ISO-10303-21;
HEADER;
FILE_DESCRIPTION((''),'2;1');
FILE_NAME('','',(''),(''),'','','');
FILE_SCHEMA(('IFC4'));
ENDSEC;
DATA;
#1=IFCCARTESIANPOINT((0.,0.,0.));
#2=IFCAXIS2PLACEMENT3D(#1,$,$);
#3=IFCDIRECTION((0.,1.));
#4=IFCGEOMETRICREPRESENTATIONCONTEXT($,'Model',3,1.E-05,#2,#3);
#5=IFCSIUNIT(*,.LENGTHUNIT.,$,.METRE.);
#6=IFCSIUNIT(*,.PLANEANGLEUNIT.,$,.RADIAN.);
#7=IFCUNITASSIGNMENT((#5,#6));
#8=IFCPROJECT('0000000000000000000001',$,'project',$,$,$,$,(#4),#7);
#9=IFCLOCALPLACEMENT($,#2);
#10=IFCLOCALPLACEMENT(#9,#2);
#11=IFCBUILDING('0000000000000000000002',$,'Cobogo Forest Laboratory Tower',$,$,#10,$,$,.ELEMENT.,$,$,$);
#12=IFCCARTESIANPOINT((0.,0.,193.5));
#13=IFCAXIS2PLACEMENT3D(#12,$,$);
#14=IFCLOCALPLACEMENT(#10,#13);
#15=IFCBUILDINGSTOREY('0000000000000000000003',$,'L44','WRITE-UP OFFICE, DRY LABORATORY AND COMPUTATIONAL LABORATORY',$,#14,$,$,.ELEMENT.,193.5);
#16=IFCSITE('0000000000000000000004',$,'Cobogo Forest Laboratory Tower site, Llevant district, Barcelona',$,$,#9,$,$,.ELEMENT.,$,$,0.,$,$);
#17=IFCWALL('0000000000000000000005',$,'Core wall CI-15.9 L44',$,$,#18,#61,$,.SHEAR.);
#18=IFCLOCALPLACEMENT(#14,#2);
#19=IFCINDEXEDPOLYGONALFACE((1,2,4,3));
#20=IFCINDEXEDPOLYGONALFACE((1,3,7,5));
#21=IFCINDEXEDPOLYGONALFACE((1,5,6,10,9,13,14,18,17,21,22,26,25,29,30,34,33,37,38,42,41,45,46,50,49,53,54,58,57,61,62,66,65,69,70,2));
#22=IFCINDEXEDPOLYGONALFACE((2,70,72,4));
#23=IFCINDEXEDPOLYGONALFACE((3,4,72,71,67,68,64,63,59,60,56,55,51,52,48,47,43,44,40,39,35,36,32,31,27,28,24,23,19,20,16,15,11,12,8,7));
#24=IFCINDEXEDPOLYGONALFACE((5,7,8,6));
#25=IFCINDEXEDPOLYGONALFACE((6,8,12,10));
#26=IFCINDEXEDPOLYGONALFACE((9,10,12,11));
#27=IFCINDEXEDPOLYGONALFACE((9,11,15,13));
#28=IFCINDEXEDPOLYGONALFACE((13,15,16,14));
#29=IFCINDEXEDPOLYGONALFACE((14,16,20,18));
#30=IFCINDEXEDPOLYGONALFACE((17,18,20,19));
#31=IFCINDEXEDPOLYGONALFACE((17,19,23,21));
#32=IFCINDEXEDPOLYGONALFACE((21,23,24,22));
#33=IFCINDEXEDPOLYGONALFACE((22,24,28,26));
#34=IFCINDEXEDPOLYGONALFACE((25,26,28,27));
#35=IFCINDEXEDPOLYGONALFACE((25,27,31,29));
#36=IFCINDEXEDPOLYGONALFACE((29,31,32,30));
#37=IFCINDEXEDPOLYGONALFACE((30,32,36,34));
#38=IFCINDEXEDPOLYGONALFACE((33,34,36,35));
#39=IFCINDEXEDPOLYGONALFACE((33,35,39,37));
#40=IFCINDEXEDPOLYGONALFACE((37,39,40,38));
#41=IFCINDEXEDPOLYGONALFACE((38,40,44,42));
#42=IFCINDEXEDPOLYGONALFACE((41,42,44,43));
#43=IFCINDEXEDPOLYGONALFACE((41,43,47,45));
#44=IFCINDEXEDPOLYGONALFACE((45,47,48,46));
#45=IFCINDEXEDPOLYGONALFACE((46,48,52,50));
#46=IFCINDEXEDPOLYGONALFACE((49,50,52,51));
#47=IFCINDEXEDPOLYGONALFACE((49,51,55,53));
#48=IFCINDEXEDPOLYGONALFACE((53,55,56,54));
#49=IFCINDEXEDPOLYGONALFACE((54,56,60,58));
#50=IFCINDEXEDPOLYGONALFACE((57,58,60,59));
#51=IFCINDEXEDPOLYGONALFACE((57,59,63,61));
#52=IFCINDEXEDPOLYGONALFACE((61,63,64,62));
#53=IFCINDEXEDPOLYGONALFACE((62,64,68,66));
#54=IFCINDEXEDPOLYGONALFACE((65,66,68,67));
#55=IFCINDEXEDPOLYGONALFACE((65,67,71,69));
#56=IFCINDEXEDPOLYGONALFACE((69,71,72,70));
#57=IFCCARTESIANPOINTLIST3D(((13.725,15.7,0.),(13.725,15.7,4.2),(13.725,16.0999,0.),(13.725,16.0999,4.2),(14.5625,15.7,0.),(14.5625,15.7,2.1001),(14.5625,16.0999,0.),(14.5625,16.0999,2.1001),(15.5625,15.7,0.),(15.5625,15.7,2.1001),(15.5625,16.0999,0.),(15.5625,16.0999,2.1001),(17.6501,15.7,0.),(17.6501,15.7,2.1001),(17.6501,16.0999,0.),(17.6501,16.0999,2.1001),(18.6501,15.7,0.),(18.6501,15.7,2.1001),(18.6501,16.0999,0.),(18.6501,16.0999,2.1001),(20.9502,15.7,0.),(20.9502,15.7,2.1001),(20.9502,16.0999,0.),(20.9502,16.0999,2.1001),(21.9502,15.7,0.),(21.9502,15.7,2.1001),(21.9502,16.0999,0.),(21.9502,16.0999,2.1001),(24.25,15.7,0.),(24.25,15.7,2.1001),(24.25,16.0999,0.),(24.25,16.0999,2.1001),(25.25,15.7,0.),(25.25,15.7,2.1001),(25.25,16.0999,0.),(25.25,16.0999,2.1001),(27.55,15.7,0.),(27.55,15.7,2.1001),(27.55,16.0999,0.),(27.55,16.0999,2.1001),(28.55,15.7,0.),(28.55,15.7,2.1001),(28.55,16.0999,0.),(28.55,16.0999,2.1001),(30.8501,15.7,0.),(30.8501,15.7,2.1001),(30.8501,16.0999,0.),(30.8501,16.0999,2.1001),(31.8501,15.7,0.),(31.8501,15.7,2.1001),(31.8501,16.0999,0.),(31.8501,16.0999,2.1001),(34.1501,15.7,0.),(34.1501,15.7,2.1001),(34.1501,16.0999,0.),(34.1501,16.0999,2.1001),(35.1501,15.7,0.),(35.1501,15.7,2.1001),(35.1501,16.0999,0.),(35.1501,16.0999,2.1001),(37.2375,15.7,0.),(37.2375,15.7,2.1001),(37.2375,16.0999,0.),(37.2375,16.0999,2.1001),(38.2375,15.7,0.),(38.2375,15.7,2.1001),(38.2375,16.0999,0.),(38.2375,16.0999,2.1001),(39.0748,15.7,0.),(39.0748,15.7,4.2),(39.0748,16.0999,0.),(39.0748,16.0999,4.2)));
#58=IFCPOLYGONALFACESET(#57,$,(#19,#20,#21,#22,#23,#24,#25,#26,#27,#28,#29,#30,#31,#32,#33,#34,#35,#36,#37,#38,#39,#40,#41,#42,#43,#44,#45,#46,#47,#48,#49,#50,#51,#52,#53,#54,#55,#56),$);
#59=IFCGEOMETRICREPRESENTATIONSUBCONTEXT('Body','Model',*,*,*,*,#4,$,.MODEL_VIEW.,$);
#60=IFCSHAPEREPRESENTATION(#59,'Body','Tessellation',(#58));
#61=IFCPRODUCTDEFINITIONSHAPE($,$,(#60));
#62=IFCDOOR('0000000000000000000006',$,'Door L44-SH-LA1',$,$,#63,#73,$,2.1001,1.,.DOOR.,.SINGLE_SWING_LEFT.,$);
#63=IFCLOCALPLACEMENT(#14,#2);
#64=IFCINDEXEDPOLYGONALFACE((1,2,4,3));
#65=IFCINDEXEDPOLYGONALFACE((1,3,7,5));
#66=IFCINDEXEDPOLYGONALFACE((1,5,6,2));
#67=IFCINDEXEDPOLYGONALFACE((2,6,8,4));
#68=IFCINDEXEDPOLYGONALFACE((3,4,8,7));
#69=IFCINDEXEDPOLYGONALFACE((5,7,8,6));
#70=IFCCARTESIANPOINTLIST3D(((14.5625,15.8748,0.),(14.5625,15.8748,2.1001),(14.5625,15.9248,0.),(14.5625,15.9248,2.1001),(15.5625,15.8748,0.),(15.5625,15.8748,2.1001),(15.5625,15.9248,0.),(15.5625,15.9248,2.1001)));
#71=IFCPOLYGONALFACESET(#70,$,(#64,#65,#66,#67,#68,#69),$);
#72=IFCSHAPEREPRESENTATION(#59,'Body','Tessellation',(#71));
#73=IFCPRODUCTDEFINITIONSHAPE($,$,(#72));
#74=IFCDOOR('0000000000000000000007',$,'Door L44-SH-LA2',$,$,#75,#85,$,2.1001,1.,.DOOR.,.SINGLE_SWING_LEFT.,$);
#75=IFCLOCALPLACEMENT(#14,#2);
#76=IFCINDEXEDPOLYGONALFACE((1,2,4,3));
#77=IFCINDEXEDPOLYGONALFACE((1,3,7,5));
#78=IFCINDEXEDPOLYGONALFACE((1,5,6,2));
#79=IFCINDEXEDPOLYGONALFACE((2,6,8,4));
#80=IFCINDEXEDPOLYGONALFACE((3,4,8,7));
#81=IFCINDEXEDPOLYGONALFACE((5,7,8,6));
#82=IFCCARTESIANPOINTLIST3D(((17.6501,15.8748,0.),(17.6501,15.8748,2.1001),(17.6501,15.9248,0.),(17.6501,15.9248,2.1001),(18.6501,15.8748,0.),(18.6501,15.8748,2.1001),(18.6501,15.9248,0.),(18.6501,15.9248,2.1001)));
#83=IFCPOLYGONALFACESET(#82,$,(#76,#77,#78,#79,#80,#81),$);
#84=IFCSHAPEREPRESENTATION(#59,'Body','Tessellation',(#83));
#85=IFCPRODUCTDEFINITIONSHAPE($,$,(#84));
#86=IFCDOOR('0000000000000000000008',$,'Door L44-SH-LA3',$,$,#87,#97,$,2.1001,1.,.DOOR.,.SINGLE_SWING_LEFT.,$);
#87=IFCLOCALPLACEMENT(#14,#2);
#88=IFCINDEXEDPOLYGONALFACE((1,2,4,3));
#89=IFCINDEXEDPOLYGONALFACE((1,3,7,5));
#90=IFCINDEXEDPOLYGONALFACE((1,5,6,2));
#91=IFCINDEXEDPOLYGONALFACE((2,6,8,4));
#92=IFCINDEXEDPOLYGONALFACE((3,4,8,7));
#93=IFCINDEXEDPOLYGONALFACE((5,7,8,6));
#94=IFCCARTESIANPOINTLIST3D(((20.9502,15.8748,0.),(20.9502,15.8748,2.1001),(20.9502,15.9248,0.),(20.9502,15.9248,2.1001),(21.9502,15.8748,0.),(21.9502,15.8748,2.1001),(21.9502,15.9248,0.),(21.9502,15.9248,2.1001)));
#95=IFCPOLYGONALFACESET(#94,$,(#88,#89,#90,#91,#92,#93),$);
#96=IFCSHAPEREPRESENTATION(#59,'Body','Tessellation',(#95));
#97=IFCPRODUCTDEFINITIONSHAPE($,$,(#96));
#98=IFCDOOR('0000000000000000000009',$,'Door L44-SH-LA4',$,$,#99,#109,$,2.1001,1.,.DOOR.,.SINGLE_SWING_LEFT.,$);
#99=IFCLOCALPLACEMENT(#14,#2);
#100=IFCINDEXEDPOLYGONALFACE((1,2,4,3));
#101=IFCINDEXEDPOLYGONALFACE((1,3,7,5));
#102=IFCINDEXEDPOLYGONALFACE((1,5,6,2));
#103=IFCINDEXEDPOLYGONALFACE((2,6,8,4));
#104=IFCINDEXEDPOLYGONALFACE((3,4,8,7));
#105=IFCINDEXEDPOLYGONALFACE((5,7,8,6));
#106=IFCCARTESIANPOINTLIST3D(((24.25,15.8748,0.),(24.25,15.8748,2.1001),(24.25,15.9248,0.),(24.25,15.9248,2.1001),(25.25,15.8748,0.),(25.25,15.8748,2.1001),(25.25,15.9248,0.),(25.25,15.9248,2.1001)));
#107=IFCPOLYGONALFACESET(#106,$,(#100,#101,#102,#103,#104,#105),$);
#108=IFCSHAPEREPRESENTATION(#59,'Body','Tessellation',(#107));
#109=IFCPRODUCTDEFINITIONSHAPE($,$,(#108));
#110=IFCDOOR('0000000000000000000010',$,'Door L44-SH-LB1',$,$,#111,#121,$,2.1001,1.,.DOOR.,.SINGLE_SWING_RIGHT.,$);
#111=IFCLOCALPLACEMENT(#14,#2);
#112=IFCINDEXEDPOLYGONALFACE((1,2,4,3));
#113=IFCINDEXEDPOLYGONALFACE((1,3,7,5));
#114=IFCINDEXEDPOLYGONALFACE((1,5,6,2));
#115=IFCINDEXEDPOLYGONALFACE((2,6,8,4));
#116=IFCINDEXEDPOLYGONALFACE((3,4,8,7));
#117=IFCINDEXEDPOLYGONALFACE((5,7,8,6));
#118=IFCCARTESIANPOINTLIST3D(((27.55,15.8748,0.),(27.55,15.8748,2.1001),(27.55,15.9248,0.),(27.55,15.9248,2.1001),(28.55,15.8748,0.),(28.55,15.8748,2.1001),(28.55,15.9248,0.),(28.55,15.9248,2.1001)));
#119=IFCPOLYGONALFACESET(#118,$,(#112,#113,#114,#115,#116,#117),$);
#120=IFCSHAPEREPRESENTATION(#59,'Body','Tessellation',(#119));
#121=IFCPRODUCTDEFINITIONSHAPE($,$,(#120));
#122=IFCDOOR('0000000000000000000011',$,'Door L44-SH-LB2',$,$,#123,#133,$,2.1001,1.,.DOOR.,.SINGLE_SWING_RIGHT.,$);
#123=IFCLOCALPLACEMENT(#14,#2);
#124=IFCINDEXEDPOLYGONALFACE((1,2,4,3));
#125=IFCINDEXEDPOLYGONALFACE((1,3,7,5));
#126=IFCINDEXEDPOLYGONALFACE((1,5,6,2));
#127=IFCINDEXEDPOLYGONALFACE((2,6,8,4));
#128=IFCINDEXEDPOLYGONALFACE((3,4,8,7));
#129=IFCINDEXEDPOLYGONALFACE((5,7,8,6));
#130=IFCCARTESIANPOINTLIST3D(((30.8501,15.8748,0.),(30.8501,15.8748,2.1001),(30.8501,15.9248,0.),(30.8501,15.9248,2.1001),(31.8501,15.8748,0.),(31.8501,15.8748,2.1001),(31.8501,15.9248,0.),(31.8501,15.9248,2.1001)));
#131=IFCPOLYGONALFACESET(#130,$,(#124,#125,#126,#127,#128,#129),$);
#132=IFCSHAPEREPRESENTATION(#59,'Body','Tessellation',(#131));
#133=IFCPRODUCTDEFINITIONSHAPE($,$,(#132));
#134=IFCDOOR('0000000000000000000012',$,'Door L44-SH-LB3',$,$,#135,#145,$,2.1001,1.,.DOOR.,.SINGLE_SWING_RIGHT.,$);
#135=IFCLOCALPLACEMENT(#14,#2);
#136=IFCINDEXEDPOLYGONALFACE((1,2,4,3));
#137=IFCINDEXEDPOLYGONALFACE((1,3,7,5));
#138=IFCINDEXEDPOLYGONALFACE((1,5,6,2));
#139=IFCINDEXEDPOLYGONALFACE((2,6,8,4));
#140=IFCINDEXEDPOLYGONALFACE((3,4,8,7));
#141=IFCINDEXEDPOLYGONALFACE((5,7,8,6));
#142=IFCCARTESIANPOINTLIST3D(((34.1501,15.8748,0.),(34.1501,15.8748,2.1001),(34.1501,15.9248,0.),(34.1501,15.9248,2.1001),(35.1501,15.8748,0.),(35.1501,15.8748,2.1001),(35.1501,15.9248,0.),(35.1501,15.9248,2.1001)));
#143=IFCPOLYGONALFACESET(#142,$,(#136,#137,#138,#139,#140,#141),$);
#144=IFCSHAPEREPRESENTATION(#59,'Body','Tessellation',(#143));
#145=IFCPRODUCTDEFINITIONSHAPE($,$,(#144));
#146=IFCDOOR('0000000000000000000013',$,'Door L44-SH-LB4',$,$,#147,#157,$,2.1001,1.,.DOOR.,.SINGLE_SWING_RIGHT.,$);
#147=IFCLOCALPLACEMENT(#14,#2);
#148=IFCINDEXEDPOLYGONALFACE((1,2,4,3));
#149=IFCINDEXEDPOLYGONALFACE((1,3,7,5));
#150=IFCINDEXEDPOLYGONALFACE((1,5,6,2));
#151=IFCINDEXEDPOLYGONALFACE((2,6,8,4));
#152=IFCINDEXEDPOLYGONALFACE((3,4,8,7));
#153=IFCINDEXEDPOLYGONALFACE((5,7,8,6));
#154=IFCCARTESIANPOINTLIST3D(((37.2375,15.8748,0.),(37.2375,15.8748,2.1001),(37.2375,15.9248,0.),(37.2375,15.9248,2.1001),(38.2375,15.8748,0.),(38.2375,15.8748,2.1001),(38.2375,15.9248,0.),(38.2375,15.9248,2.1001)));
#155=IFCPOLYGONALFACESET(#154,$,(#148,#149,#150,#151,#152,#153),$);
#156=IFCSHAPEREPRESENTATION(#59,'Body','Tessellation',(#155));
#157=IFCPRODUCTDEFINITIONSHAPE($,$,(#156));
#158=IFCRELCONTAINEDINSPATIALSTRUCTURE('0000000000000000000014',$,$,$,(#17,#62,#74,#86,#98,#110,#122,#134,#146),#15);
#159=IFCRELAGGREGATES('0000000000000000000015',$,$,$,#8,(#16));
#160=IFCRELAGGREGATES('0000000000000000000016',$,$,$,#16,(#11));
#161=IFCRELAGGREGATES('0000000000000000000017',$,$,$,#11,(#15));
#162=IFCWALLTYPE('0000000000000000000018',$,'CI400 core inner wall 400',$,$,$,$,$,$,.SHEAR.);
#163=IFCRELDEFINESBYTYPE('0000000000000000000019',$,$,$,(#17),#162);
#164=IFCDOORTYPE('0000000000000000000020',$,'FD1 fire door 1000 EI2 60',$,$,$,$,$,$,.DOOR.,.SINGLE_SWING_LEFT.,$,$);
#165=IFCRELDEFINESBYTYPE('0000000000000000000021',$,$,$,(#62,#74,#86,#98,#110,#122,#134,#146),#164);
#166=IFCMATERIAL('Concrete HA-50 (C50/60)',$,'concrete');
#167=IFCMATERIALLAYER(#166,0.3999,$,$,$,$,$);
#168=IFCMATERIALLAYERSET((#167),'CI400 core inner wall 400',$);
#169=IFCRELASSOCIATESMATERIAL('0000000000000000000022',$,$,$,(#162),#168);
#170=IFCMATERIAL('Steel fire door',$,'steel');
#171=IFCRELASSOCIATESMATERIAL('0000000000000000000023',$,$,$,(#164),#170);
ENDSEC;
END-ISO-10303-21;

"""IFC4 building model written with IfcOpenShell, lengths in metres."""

from ifc_helpers import new_model, si_unit, direction, frame, frame_2d, origin, place, context, subcontext, project, spatial, rectangle, extrude, material, layer, layer_set, type_object, element, fill, save


model = new_model("IFC4")

# Units and contexts
model_context = context("Model", 3, precision=1e-05, world=origin(), true_north=direction((0.0, 1.0)))
body_context = subcontext(model_context, "Body", "Model", "MODEL_VIEW")
ifc_project = project(units=[si_unit("LENGTHUNIT", "METRE"), si_unit("PLANEANGLEUNIT", "RADIAN")], contexts=[model_context])

# Site, building, storey
site_placement = place(None, origin())
site = spatial("IfcSite", under=ifc_project, at=site_placement, Name="Cobogo Forest Laboratory Tower site, Llevant district, Barcelona", CompositionType="ELEMENT", RefElevation=0.0)
building_placement = place(site_placement, origin())
building = spatial("IfcBuilding", under=site, at=building_placement, Name="Cobogo Forest Laboratory Tower", CompositionType="ELEMENT")
storey_placement = place(building_placement, frame((0.0, 0.0, 193.5)))
storey = spatial("IfcBuildingStorey", under=building, at=storey_placement, Name="L44", Description="WRITE-UP OFFICE, DRY LABORATORY AND COMPUTATIONAL LABORATORY", CompositionType="ELEMENT", Elevation=193.5)

# Wall, openings, doors
ifc_material_1 = material(Name="Concrete HA-50 (C50/60)", Category="concrete")
ifc_layer = layer(ifc_material_1, 0.3999)
ifc_layer_set = layer_set([ifc_layer], Name="CI400 core inner wall 400")
wall_type = type_object("IfcWallType", Name="CI400 core inner wall 400", PredefinedType="SHEAR", material=ifc_layer_set)
wall_1_placement = place(storey_placement, frame((13.7251, 15.8999, 0.0), z_axis=(0.0, 0.0, 1.0), x_axis=(1.0, 0.0, 0.0)))
wall_1 = element("IfcWall", 1, at=wall_1_placement, inside=storey, type_object=wall_type, Name="Core wall CI-15.9 L44", PredefinedType="SHEAR", context=body_context, shape_type="SweptSolid", body=[
    extrude(rectangle(XDim=25.3499, YDim=0.3999, at=frame_2d((12.6748, 0.0))), origin(), (0.0, 0.0, 1.0), 4.2),
])
opening_1_placement = place(wall_1_placement, frame((0.8374, 0.0, 0.0)))
opening_1 = element("IfcOpeningElement", 2, at=opening_1_placement, cuts=wall_1, PredefinedType="OPENING", context=body_context, shape_type="SweptSolid", body=[
    extrude(rectangle(XDim=1.0, YDim=2.1001, at=frame_2d((0.5, 1.05))), frame((0.0, 0.21, 0.0), z_axis=(0.0, -1.0, 0.0), x_axis=(1.0, 0.0, 0.0)), (0.0, 0.0, 1.0), 0.4199),
])
opening_2_placement = place(wall_1_placement, frame((3.925, 0.0, 0.0)))
opening_2 = element("IfcOpeningElement", 3, at=opening_2_placement, cuts=wall_1, PredefinedType="OPENING", context=body_context, shape_type="SweptSolid", body=[
    extrude(rectangle(XDim=1.0, YDim=2.1001, at=frame_2d((0.5, 1.05))), frame((0.0, 0.21, 0.0), z_axis=(0.0, -1.0, 0.0), x_axis=(1.0, 0.0, 0.0)), (0.0, 0.0, 1.0), 0.4199),
])
opening_3_placement = place(wall_1_placement, frame((7.2251, 0.0, 0.0)))
opening_3 = element("IfcOpeningElement", 4, at=opening_3_placement, cuts=wall_1, PredefinedType="OPENING", context=body_context, shape_type="SweptSolid", body=[
    extrude(rectangle(XDim=1.0, YDim=2.1001, at=frame_2d((0.5, 1.05))), frame((0.0, 0.21, 0.0), z_axis=(0.0, -1.0, 0.0), x_axis=(1.0, 0.0, 0.0)), (0.0, 0.0, 1.0), 0.4199),
])
opening_4_placement = place(wall_1_placement, frame((10.5249, 0.0, 0.0)))
opening_4 = element("IfcOpeningElement", 5, at=opening_4_placement, cuts=wall_1, PredefinedType="OPENING", context=body_context, shape_type="SweptSolid", body=[
    extrude(rectangle(XDim=1.0, YDim=2.1001, at=frame_2d((0.5, 1.05))), frame((0.0, 0.21, 0.0), z_axis=(0.0, -1.0, 0.0), x_axis=(1.0, 0.0, 0.0)), (0.0, 0.0, 1.0), 0.4199),
])
opening_5_placement = place(wall_1_placement, frame((13.825, 0.0, 0.0)))
opening_5 = element("IfcOpeningElement", 6, at=opening_5_placement, cuts=wall_1, PredefinedType="OPENING", context=body_context, shape_type="SweptSolid", body=[
    extrude(rectangle(XDim=1.0, YDim=2.1001, at=frame_2d((0.5, 1.05))), frame((0.0, 0.21, 0.0), z_axis=(0.0, -1.0, 0.0), x_axis=(1.0, 0.0, 0.0)), (0.0, 0.0, 1.0), 0.4199),
])
opening_6_placement = place(wall_1_placement, frame((17.125, 0.0, 0.0)))
opening_6 = element("IfcOpeningElement", 7, at=opening_6_placement, cuts=wall_1, PredefinedType="OPENING", context=body_context, shape_type="SweptSolid", body=[
    extrude(rectangle(XDim=1.0, YDim=2.1001, at=frame_2d((0.5, 1.05))), frame((0.0, 0.21, 0.0), z_axis=(0.0, -1.0, 0.0), x_axis=(1.0, 0.0, 0.0)), (0.0, 0.0, 1.0), 0.4199),
])
opening_7_placement = place(wall_1_placement, frame((20.425, 0.0, 0.0)))
opening_7 = element("IfcOpeningElement", 8, at=opening_7_placement, cuts=wall_1, PredefinedType="OPENING", context=body_context, shape_type="SweptSolid", body=[
    extrude(rectangle(XDim=1.0, YDim=2.1001, at=frame_2d((0.5, 1.05))), frame((0.0, 0.21, 0.0), z_axis=(0.0, -1.0, 0.0), x_axis=(1.0, 0.0, 0.0)), (0.0, 0.0, 1.0), 0.4199),
])
opening_8_placement = place(wall_1_placement, frame((23.5125, 0.0, 0.0)))
opening_8 = element("IfcOpeningElement", 9, at=opening_8_placement, cuts=wall_1, PredefinedType="OPENING", context=body_context, shape_type="SweptSolid", body=[
    extrude(rectangle(XDim=1.0, YDim=2.1001, at=frame_2d((0.5, 1.05))), frame((0.0, 0.21, 0.0), z_axis=(0.0, -1.0, 0.0), x_axis=(1.0, 0.0, 0.0)), (0.0, 0.0, 1.0), 0.4199),
])
ifc_material_2 = material(Name="Steel fire door", Category="steel")
door_type_1 = type_object("IfcDoorType", Name="FD1 fire door 1000 EI2 60", OperationType="SINGLE_SWING_LEFT", PredefinedType="DOOR", material=ifc_material_2)
door_1_placement = place(opening_1_placement, origin())
door_1 = element("IfcDoor", 10, at=door_1_placement, inside=storey, type_object=door_type_1, Name="Door L44-SH-LA1", OperationType="SINGLE_SWING_LEFT", OverallHeight=2.1001, OverallWidth=1.0, PredefinedType="DOOR", context=body_context, shape_type="SweptSolid", body=[
    extrude(rectangle(XDim=1.0, YDim=2.1001, at=frame_2d((0.5, 1.05))), frame((0.0, 0.0249, 0.0), z_axis=(0.0, -1.0, 0.0), x_axis=(1.0, 0.0, 0.0)), (0.0, 0.0, 1.0), 0.05),
])
fill(opening_1, door_1)
door_2_placement = place(opening_2_placement, origin())
door_2 = element("IfcDoor", 11, at=door_2_placement, inside=storey, type_object=door_type_1, Name="Door L44-SH-LA2", OperationType="SINGLE_SWING_LEFT", OverallHeight=2.1001, OverallWidth=1.0, PredefinedType="DOOR", context=body_context, shape_type="SweptSolid", body=[
    extrude(rectangle(XDim=1.0, YDim=2.1001, at=frame_2d((0.5, 1.05))), frame((0.0, 0.0249, 0.0), z_axis=(0.0, -1.0, 0.0), x_axis=(1.0, 0.0, 0.0)), (0.0, 0.0, 1.0), 0.05),
])
fill(opening_2, door_2)
door_3_placement = place(opening_3_placement, origin())
door_3 = element("IfcDoor", 12, at=door_3_placement, inside=storey, type_object=door_type_1, Name="Door L44-SH-LA3", OperationType="SINGLE_SWING_LEFT", OverallHeight=2.1001, OverallWidth=1.0, PredefinedType="DOOR", context=body_context, shape_type="SweptSolid", body=[
    extrude(rectangle(XDim=1.0, YDim=2.1001, at=frame_2d((0.5, 1.05))), frame((0.0, 0.0249, 0.0), z_axis=(0.0, -1.0, 0.0), x_axis=(1.0, 0.0, 0.0)), (0.0, 0.0, 1.0), 0.05),
])
fill(opening_3, door_3)
door_4_placement = place(opening_4_placement, origin())
door_4 = element("IfcDoor", 13, at=door_4_placement, inside=storey, type_object=door_type_1, Name="Door L44-SH-LA4", OperationType="SINGLE_SWING_LEFT", OverallHeight=2.1001, OverallWidth=1.0, PredefinedType="DOOR", context=body_context, shape_type="SweptSolid", body=[
    extrude(rectangle(XDim=1.0, YDim=2.1001, at=frame_2d((0.5, 1.05))), frame((0.0, 0.0249, 0.0), z_axis=(0.0, -1.0, 0.0), x_axis=(1.0, 0.0, 0.0)), (0.0, 0.0, 1.0), 0.05),
])
fill(opening_4, door_4)
door_5_placement = place(opening_5_placement, origin())
door_5 = element("IfcDoor", 14, at=door_5_placement, inside=storey, type_object=door_type_1, Name="Door L44-SH-LB1", OperationType="SINGLE_SWING_RIGHT", OverallHeight=2.1001, OverallWidth=1.0, PredefinedType="DOOR", context=body_context, shape_type="SweptSolid", body=[
    extrude(rectangle(XDim=1.0, YDim=2.1001, at=frame_2d((0.5, 1.05))), frame((0.0, 0.0249, 0.0), z_axis=(0.0, -1.0, 0.0), x_axis=(1.0, 0.0, 0.0)), (0.0, 0.0, 1.0), 0.05),
])
fill(opening_5, door_5)
door_6_placement = place(opening_6_placement, origin())
door_6 = element("IfcDoor", 15, at=door_6_placement, inside=storey, type_object=door_type_1, Name="Door L44-SH-LB2", OperationType="SINGLE_SWING_RIGHT", OverallHeight=2.1001, OverallWidth=1.0, PredefinedType="DOOR", context=body_context, shape_type="SweptSolid", body=[
    extrude(rectangle(XDim=1.0, YDim=2.1001, at=frame_2d((0.5, 1.05))), frame((0.0, 0.0249, 0.0), z_axis=(0.0, -1.0, 0.0), x_axis=(1.0, 0.0, 0.0)), (0.0, 0.0, 1.0), 0.05),
])
fill(opening_6, door_6)
door_7_placement = place(opening_7_placement, origin())
door_7 = element("IfcDoor", 16, at=door_7_placement, inside=storey, type_object=door_type_1, Name="Door L44-SH-LB3", OperationType="SINGLE_SWING_RIGHT", OverallHeight=2.1001, OverallWidth=1.0, PredefinedType="DOOR", context=body_context, shape_type="SweptSolid", body=[
    extrude(rectangle(XDim=1.0, YDim=2.1001, at=frame_2d((0.5, 1.05))), frame((0.0, 0.0249, 0.0), z_axis=(0.0, -1.0, 0.0), x_axis=(1.0, 0.0, 0.0)), (0.0, 0.0, 1.0), 0.05),
])
fill(opening_7, door_7)
door_8_placement = place(opening_8_placement, origin())
door_8 = element("IfcDoor", 17, at=door_8_placement, inside=storey, type_object=door_type_1, Name="Door L44-SH-LB4", OperationType="SINGLE_SWING_RIGHT", OverallHeight=2.1001, OverallWidth=1.0, PredefinedType="DOOR", context=body_context, shape_type="SweptSolid", body=[
    extrude(rectangle(XDim=1.0, YDim=2.1001, at=frame_2d((0.5, 1.05))), frame((0.0, 0.0249, 0.0), z_axis=(0.0, -1.0, 0.0), x_axis=(1.0, 0.0, 0.0)), (0.0, 0.0, 1.0), 0.05),
])
fill(opening_8, door_8)

save(model, "model.ifc")
